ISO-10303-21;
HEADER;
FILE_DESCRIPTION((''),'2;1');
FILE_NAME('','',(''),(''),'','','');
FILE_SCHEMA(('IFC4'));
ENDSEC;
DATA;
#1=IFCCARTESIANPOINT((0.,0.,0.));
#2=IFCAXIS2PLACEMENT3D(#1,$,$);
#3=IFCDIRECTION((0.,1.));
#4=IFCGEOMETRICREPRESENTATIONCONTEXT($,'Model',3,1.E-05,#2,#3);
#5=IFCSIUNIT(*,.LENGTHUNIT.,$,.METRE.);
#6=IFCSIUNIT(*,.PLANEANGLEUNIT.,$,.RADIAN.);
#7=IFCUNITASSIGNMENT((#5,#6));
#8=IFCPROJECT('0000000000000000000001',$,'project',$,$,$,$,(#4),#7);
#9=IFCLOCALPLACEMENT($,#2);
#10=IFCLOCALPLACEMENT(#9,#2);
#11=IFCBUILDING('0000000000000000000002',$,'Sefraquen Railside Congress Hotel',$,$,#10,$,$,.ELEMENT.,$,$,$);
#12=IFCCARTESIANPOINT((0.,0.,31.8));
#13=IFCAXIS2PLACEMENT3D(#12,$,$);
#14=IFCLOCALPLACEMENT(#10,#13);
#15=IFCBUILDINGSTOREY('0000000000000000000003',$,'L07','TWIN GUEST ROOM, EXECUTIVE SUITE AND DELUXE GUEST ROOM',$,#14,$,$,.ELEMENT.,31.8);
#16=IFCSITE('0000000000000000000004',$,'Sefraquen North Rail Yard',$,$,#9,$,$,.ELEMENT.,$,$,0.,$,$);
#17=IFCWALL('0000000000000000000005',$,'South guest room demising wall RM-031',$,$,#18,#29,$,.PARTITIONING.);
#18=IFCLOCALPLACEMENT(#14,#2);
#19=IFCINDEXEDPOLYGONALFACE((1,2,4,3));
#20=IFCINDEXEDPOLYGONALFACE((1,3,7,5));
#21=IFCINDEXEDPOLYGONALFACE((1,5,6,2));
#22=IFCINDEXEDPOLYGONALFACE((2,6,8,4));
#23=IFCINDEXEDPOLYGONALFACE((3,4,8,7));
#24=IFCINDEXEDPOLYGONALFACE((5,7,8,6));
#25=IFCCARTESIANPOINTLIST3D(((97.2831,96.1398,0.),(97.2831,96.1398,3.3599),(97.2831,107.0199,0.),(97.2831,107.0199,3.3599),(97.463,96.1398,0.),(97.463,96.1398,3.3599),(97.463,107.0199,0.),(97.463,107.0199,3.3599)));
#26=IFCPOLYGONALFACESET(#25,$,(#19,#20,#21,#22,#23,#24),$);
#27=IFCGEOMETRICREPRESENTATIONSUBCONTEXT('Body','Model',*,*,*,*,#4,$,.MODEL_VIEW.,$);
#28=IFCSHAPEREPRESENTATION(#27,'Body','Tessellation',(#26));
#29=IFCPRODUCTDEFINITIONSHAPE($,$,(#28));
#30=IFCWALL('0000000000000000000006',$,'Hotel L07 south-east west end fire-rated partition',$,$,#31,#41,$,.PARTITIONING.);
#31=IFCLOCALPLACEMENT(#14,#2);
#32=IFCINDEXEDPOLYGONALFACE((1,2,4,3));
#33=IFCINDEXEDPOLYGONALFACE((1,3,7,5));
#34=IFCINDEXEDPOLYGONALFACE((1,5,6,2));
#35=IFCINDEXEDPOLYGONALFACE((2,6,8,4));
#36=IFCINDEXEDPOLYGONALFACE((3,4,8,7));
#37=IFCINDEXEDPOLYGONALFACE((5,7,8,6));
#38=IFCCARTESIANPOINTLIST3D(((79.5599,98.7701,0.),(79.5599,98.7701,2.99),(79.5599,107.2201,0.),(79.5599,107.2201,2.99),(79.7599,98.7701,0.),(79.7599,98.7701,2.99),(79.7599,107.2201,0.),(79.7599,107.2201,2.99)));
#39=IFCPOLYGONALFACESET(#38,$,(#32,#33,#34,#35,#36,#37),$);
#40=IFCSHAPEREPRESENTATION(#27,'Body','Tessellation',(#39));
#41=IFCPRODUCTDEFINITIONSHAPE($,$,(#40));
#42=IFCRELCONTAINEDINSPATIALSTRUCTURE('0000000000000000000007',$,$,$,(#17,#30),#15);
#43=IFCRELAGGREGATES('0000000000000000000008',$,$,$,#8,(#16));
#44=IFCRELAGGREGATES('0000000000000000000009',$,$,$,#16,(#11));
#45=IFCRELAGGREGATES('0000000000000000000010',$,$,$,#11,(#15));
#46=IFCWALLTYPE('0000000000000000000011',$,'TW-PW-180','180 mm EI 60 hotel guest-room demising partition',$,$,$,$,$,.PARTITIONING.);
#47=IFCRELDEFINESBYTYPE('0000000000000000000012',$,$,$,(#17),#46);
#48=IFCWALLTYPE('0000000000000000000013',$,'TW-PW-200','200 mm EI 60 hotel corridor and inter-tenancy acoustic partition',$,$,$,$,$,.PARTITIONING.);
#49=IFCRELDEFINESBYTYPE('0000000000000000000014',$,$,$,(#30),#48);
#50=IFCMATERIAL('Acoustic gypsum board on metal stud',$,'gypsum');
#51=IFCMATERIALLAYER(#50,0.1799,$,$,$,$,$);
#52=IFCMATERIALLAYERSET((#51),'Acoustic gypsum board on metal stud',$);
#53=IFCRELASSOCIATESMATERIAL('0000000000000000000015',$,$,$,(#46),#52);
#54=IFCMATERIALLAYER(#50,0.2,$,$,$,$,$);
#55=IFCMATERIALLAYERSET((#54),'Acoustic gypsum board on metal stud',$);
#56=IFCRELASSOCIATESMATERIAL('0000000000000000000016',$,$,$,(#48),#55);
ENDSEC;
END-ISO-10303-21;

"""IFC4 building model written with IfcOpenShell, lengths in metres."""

from ifc_helpers import new_model, si_unit, direction, frame, frame_2d, origin, place, context, subcontext, project, spatial, rectangle, extrude, material, layer, layer_set, type_object, element, save


model = new_model("IFC4")

# Units and contexts
model_context = context("Model", 3, precision=1e-05, world=origin(), true_north=direction((0.0, 1.0)))
body_context = subcontext(model_context, "Body", "Model", "MODEL_VIEW")
ifc_project = project(units=[si_unit("LENGTHUNIT", "METRE"), si_unit("PLANEANGLEUNIT", "RADIAN")], contexts=[model_context])

# Site, building, storey
site_placement = place(None, origin())
site = spatial("IfcSite", under=ifc_project, at=site_placement, Name="Sefraquen North Rail Yard", CompositionType="ELEMENT", RefElevation=0.0)
building_placement = place(site_placement, origin())
building = spatial("IfcBuilding", under=site, at=building_placement, Name="Sefraquen Railside Congress Hotel", CompositionType="ELEMENT")
storey_placement = place(building_placement, frame((0.0, 0.0, 31.8)))
storey = spatial("IfcBuildingStorey", under=building, at=storey_placement, Name="L07", Description="TWIN GUEST ROOM, EXECUTIVE SUITE AND DELUXE GUEST ROOM", CompositionType="ELEMENT", Elevation=31.8)

# Walls
ifc_material_1 = material(Name="Acoustic gypsum board on metal stud", Category="gypsum")
ifc_layer_1 = layer(ifc_material_1, 0.1799)
ifc_layer_set_1 = layer_set([ifc_layer_1], Name="Acoustic gypsum board on metal stud")
wall_type_1 = type_object("IfcWallType", Name="TW-PW-180", Description="180 mm EI 60 hotel guest-room demising partition", PredefinedType="PARTITIONING", material=ifc_layer_set_1)
for number, where, z_axis, x_axis, name in (
    (1, (97.373, 96.1399, 0.0), (0.0, 0.0, 1.0), (0.0, 1.0, 0.0), "South guest room demising wall RM-031"),
):
    element("IfcWall", number, at=place(storey_placement, frame(where, z_axis=z_axis, x_axis=x_axis)), inside=storey, type_object=wall_type_1, Name=name, PredefinedType="PARTITIONING", context=body_context, shape_type="SweptSolid", body=[
        extrude(rectangle(XDim=10.8801, YDim=0.1799, at=frame_2d((5.4399, 0.0))), origin(), (0.0, 0.0, 1.0), 3.3599),
    ])
ifc_layer_2 = layer(ifc_material_1, 0.2)
ifc_layer_set_2 = layer_set([ifc_layer_2], Name="Acoustic gypsum board on metal stud")
wall_type_2 = type_object("IfcWallType", Name="TW-PW-200", Description="200 mm EI 60 hotel corridor and inter-tenancy acoustic partition", PredefinedType="PARTITIONING", material=ifc_layer_set_2)
wall_1_placement = place(storey_placement, frame((79.6599, 98.77, 0.0), z_axis=(0.0, 0.0, 1.0), x_axis=(0.0, 1.0, 0.0)))
element("IfcWall", 2, at=wall_1_placement, inside=storey, type_object=wall_type_2, Name="Hotel L07 south-east west end fire-rated partition", PredefinedType="PARTITIONING", context=body_context, shape_type="SweptSolid", body=[
    extrude(rectangle(XDim=8.45, YDim=0.2, at=frame_2d((4.2251, 0.0))), origin(), (0.0, 0.0, 1.0), 2.99),
])

save(model, "model.ifc")
